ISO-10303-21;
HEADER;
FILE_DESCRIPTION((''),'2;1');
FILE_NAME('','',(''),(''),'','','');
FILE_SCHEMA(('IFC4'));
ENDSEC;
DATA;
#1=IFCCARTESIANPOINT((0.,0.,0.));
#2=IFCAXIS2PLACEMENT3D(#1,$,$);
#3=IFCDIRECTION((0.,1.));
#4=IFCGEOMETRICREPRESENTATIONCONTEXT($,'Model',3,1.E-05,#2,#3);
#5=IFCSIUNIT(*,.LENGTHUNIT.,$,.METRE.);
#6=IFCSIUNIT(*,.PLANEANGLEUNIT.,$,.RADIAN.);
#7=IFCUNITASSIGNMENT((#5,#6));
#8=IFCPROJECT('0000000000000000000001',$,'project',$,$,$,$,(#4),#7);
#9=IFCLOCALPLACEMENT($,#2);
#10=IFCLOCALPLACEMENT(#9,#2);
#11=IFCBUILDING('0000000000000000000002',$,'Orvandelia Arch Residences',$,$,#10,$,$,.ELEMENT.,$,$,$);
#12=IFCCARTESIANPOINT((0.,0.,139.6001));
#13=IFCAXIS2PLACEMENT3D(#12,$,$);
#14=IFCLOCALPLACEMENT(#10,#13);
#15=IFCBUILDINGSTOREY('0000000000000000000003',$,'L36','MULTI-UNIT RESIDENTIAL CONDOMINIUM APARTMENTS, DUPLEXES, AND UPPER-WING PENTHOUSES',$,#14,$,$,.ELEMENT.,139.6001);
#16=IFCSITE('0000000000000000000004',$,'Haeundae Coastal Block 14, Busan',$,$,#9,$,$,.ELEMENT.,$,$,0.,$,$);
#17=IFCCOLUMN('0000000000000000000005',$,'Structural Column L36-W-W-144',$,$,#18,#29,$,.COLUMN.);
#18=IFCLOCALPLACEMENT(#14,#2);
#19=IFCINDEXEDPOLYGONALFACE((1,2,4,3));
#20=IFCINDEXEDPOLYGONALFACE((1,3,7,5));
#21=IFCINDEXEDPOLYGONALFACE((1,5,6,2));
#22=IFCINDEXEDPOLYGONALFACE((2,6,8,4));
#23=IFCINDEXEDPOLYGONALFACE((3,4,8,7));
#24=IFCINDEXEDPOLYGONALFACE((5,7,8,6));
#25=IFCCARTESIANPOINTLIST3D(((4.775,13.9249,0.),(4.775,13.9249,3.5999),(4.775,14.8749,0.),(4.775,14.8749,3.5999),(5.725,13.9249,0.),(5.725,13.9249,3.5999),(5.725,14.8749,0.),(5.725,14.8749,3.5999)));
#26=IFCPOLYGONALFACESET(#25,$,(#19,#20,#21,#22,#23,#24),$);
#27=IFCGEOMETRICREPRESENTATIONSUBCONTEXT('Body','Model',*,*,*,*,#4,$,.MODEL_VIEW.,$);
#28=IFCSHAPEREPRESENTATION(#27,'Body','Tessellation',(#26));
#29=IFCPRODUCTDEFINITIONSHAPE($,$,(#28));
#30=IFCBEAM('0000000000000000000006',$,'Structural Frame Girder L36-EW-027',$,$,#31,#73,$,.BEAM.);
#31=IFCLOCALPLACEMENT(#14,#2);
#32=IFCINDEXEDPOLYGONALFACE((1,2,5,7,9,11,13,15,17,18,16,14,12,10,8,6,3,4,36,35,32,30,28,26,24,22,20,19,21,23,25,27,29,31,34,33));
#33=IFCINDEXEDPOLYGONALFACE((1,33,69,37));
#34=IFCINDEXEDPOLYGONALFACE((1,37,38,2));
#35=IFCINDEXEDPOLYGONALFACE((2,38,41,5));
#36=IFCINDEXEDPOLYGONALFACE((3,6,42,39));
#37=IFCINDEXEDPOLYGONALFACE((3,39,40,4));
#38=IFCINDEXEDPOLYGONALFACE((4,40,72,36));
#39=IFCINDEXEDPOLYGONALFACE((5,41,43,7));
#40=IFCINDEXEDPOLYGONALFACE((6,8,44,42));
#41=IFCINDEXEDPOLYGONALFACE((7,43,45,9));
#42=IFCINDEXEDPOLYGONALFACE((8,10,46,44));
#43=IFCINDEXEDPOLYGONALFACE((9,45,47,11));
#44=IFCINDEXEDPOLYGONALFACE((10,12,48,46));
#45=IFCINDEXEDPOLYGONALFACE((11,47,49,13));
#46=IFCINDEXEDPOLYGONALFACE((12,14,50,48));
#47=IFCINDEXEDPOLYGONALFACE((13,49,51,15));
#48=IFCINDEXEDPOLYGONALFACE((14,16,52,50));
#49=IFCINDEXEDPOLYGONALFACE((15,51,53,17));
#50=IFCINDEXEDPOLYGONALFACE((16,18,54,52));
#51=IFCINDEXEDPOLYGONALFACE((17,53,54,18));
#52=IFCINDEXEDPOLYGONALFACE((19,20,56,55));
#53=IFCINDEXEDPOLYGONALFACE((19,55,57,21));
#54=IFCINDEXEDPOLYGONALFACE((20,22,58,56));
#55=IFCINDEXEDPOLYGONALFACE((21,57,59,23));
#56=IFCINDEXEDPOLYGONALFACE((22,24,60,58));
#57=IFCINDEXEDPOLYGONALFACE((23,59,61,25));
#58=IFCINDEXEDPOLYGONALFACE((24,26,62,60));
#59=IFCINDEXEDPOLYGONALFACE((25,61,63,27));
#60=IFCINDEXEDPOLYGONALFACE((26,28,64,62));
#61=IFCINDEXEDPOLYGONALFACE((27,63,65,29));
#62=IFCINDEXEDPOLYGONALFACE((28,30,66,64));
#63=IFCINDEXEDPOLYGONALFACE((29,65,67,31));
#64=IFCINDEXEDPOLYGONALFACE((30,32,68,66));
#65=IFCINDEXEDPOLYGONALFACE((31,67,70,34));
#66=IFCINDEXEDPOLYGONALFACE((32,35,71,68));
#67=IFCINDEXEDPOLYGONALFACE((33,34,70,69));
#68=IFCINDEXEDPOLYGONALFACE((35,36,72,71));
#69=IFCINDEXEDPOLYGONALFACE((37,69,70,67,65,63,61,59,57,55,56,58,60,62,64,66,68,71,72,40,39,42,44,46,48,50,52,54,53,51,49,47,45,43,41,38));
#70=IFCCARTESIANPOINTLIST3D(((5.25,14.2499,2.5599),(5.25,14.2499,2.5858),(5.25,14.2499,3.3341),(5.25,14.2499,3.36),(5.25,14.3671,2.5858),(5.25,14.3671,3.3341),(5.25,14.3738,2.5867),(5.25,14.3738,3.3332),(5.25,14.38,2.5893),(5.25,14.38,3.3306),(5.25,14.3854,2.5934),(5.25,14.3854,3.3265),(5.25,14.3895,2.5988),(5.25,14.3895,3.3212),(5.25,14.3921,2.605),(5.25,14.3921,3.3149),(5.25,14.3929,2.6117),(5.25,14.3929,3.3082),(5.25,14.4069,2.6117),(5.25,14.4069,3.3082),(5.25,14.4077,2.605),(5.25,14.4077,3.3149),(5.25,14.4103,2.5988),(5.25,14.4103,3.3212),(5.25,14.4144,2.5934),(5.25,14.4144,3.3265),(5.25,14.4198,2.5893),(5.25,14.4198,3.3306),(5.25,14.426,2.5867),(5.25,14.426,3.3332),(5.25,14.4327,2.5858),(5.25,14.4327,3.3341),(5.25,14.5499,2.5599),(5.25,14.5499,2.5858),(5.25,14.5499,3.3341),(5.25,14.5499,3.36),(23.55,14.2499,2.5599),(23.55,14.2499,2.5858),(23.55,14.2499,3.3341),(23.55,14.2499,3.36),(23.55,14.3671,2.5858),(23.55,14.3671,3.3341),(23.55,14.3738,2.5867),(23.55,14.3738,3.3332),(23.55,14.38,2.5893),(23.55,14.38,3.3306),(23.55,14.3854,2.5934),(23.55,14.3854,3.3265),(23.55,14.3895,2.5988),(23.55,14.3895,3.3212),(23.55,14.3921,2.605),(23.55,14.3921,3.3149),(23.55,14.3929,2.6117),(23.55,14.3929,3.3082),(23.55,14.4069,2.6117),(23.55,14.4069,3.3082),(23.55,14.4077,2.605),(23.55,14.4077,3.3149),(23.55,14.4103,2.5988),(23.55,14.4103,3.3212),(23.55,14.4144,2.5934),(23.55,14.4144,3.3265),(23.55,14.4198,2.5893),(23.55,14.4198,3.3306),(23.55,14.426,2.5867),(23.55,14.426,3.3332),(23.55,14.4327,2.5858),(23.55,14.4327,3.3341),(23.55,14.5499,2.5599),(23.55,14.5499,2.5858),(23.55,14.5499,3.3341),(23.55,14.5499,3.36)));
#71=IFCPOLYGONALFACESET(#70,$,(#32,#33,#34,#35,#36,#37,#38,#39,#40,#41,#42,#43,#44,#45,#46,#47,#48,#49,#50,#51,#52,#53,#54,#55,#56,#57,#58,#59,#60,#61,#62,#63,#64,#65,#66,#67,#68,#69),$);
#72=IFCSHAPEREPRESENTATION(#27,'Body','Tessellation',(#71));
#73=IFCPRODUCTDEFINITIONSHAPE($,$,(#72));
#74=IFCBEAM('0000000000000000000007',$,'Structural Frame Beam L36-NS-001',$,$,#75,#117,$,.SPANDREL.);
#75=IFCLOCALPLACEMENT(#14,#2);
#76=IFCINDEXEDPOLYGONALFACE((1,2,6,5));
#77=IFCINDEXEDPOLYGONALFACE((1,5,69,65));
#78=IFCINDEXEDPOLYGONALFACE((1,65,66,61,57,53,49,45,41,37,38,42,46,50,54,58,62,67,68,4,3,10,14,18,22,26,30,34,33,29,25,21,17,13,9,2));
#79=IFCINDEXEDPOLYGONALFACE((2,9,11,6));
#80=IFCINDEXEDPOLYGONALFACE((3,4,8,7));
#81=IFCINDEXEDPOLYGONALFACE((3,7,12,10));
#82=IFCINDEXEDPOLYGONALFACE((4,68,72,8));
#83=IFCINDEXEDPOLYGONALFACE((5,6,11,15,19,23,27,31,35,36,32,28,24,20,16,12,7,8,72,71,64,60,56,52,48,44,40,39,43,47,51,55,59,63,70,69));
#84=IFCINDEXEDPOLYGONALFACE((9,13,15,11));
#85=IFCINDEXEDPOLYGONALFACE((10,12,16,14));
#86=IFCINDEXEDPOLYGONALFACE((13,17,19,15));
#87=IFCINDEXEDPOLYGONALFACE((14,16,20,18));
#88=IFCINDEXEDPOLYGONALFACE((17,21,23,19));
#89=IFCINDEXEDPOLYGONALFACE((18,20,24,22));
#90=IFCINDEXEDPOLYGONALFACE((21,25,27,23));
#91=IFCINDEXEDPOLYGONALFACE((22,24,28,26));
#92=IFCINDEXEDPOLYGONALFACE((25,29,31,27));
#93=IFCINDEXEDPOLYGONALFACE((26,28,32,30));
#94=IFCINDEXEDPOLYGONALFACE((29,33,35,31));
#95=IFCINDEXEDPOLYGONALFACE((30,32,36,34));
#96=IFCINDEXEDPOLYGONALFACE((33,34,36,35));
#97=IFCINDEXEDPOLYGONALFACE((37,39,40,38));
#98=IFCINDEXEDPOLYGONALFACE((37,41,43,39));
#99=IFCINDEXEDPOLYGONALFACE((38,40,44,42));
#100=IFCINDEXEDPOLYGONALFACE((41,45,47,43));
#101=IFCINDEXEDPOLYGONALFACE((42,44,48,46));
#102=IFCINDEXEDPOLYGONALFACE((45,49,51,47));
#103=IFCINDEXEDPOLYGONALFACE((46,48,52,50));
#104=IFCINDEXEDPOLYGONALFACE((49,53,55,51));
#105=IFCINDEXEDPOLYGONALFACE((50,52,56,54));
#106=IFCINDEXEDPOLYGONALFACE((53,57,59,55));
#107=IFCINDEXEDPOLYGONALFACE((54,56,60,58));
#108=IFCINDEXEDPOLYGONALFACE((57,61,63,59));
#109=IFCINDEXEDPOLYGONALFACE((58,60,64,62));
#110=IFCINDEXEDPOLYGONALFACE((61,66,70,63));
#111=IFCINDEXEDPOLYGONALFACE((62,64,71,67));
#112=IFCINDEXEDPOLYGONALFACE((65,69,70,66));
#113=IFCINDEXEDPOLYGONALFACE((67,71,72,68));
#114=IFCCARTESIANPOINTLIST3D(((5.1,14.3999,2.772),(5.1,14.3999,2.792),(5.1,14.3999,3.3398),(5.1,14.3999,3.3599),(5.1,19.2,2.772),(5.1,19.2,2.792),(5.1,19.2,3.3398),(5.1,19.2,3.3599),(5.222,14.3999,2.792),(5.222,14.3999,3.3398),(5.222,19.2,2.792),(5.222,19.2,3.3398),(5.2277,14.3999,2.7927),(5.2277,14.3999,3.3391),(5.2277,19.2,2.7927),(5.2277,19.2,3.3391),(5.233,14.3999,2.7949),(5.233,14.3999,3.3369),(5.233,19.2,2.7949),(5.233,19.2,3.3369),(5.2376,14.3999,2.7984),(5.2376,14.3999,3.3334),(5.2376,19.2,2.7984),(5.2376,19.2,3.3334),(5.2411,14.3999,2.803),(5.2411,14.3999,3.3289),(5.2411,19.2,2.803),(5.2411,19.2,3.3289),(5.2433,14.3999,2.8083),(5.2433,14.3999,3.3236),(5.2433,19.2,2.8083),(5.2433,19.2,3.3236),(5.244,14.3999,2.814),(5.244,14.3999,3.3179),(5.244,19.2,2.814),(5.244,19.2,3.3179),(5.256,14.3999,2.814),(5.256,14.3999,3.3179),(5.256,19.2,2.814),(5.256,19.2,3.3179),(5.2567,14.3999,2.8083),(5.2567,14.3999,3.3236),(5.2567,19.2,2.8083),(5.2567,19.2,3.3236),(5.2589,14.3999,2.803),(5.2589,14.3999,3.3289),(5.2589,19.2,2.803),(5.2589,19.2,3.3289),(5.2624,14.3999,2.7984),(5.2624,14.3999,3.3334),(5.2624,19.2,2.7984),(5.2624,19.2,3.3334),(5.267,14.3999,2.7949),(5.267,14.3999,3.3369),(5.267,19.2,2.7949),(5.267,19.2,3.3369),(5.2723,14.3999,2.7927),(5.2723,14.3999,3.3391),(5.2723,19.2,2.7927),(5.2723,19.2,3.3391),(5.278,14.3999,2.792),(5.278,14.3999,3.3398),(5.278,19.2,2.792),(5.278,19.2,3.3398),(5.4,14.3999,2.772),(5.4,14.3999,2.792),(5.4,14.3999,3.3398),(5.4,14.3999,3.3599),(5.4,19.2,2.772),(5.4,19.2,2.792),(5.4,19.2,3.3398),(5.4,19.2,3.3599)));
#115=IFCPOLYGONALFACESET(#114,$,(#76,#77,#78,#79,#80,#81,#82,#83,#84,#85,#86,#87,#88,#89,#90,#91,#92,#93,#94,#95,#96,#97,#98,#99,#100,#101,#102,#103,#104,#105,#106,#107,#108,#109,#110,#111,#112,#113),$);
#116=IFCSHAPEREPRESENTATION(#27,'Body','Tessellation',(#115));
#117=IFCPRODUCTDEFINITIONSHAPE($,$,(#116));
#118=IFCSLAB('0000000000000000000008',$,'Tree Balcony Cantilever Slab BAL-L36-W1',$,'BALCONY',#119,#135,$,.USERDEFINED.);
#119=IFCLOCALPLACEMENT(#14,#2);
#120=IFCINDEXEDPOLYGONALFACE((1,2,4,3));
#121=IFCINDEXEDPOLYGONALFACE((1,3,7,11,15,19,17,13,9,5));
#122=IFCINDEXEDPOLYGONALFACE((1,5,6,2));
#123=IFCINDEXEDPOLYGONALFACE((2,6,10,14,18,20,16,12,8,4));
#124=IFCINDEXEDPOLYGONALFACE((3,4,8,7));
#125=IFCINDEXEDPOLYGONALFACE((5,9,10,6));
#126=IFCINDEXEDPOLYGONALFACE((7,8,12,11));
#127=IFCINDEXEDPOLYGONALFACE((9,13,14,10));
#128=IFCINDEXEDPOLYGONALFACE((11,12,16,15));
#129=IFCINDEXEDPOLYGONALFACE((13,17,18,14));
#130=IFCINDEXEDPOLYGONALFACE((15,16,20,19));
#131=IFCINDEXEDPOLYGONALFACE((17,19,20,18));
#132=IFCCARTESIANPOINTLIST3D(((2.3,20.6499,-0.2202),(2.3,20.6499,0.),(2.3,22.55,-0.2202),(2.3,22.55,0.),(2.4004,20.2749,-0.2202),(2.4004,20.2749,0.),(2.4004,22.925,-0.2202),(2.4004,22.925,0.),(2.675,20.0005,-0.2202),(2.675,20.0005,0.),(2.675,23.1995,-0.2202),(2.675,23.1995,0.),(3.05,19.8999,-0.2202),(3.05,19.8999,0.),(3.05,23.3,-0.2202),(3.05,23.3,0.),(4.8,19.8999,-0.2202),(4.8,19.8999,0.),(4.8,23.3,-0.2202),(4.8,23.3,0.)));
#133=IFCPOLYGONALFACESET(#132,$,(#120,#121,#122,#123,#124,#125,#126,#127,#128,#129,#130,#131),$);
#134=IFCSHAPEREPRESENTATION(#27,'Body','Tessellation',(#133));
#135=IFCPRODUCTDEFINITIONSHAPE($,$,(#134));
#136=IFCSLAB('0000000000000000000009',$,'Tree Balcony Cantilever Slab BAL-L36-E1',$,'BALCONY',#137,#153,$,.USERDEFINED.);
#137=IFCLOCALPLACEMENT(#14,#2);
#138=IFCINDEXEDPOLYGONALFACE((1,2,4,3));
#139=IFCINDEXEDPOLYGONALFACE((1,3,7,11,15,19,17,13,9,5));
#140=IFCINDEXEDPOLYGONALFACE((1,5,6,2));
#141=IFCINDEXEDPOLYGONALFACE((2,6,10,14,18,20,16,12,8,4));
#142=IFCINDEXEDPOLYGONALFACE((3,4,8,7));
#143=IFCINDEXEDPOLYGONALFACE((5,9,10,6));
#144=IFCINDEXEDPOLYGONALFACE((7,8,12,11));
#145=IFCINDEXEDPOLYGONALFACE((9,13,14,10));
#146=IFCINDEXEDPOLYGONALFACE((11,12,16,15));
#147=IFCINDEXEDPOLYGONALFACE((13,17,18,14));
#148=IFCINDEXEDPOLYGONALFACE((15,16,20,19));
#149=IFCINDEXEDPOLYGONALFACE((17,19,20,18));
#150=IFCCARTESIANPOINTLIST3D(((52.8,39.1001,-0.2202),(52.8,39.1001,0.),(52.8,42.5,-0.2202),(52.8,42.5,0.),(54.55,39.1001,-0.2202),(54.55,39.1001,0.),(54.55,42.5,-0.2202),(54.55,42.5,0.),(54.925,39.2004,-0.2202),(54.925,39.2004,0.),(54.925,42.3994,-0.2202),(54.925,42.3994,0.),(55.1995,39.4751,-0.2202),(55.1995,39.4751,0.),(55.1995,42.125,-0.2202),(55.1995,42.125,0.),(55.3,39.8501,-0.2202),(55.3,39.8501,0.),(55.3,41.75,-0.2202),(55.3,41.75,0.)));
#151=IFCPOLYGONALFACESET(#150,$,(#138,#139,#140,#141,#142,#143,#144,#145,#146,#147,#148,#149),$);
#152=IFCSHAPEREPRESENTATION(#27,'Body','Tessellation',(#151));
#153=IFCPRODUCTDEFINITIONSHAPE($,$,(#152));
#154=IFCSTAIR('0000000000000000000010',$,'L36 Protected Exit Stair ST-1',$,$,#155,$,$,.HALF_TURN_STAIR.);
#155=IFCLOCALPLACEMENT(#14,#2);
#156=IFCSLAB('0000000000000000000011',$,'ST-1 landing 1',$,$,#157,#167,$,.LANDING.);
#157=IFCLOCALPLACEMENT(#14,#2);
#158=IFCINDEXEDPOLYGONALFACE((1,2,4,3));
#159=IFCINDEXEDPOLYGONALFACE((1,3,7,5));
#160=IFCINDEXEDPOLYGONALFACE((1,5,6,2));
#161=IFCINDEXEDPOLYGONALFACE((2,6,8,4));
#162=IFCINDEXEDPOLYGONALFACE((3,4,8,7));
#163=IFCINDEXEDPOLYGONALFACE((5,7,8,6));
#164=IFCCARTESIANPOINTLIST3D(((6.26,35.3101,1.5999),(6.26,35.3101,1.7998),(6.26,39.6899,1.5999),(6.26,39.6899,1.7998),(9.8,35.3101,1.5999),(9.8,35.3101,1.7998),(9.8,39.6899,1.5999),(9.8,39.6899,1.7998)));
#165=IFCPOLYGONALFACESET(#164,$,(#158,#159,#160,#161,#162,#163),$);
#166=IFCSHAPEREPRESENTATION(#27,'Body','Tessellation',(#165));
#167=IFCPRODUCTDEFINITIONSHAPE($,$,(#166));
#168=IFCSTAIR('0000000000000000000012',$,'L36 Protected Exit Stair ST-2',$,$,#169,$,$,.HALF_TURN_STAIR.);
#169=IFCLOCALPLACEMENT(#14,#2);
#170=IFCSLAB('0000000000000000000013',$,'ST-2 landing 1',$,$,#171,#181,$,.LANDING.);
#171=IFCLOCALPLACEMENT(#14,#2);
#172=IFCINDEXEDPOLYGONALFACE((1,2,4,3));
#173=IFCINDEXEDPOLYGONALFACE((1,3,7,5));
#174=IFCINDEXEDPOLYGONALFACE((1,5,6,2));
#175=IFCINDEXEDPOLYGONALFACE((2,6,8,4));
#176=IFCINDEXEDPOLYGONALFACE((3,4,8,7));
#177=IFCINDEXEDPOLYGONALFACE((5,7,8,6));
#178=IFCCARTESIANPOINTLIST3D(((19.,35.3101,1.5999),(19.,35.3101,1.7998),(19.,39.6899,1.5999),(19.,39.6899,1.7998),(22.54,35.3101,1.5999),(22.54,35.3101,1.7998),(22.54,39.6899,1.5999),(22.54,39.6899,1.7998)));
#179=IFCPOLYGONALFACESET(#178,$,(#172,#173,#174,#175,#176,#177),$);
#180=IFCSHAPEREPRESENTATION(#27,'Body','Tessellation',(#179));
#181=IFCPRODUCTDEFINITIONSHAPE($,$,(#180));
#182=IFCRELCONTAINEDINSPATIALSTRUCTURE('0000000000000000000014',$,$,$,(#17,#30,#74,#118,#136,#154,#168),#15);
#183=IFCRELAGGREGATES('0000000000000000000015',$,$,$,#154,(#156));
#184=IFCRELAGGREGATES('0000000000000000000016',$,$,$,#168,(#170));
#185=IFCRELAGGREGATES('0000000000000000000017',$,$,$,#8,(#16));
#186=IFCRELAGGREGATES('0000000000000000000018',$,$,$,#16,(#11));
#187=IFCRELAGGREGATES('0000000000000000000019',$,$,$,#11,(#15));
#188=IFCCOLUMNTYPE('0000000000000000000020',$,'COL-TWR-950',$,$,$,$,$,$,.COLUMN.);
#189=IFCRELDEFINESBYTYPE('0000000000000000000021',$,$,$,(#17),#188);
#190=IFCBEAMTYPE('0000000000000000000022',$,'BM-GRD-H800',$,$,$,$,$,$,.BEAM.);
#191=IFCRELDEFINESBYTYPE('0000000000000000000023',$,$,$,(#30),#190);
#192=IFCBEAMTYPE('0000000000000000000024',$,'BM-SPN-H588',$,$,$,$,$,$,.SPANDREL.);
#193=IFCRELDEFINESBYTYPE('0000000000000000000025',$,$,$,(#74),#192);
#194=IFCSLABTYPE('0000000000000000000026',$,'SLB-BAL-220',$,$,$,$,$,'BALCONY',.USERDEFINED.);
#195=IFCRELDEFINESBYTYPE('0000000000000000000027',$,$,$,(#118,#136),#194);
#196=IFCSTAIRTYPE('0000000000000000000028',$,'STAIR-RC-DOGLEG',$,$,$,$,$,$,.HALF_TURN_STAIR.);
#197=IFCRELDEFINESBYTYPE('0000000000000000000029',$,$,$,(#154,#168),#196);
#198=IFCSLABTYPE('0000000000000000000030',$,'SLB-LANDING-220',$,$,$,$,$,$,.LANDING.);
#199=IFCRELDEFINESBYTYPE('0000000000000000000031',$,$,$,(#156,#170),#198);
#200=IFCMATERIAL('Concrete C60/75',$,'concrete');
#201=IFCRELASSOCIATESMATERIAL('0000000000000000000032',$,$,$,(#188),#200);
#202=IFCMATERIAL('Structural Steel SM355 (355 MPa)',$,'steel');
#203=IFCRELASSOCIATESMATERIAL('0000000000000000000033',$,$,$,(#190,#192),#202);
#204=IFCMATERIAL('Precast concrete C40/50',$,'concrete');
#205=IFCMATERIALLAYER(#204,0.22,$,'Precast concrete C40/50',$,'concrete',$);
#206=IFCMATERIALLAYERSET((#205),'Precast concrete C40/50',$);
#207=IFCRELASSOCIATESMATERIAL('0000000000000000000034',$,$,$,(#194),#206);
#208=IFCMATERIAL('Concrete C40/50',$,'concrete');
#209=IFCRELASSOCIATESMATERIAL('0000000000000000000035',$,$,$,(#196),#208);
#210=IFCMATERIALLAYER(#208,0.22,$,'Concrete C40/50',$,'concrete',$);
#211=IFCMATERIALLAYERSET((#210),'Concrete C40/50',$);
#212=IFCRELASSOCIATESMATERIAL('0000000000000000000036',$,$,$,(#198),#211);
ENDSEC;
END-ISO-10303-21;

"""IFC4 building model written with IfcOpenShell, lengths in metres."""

from ifc_helpers import new_model, si_unit, direction, frame, origin, origin_2d, place, context, subcontext, project, spatial, polyline, rectangle, i_section, outline, extrude, material, layer, layer_set, material_profile, profile_set, type_object, element, aggregate, save


model = new_model("IFC4")

# Units and contexts
model_context = context("Model", 3, precision=1e-05, world=origin(), true_north=direction((0.0, 1.0)))
body_context = subcontext(model_context, "Body", "Model", "MODEL_VIEW")
ifc_project = project(units=[si_unit("LENGTHUNIT", "METRE"), si_unit("PLANEANGLEUNIT", "RADIAN")], contexts=[model_context])

# Site, building, storey
site_placement = place(None, origin())
site = spatial("IfcSite", under=ifc_project, at=site_placement, Name="Haeundae Coastal Block 14, Busan", CompositionType="ELEMENT", RefElevation=0.0)
building_placement = place(site_placement, origin())
building = spatial("IfcBuilding", under=site, at=building_placement, Name="Orvandelia Arch Residences", CompositionType="ELEMENT")
storey_placement = place(building_placement, frame((0.0, 0.0, 139.6001)))
storey = spatial("IfcBuildingStorey", under=building, at=storey_placement, Name="L36", Description="MULTI-UNIT RESIDENTIAL CONDOMINIUM APARTMENTS, DUPLEXES, AND UPPER-WING PENTHOUSES", CompositionType="ELEMENT", Elevation=139.6001)

# Column
ifc_material_1 = material(Name="Concrete C60/75", Category="concrete")
ifc_material_profile_1 = material_profile(ifc_material_1, rectangle(XDim=0.95, YDim=0.95, at=origin_2d()), Name="Concrete C60/75", Category="concrete")
ifc_profile_set_1 = profile_set([ifc_material_profile_1], Name="Concrete C60/75")
column_type = type_object("IfcColumnType", Name="COL-TWR-950", PredefinedType="COLUMN", material=ifc_profile_set_1)
column_placement = place(storey_placement, frame((5.25, 14.3999, 0.0), z_axis=(0.0, 0.0, 1.0), x_axis=(1.0, 0.0, 0.0)))
element("IfcColumn", 1, at=column_placement, inside=storey, type_object=column_type, Name="Structural Column L36-W-W-144", PredefinedType="COLUMN", context=body_context, shape_type="SweptSolid", body=[
    extrude(rectangle(XDim=0.95, YDim=0.95, at=origin_2d()), origin(), (0.0, 0.0, 1.0), 3.5999),
])

# Beams
ifc_material_2 = material(Name="Structural Steel SM355 (355 MPa)", Category="steel")
ifc_material_profile_2 = material_profile(ifc_material_2, i_section(OverallWidth=0.3, OverallDepth=0.8, WebThickness=0.0139, FlangeThickness=0.0259, FilletRadius=0.0259, at=origin_2d()), Name="Structural Steel SM355 (355 MPa)", Category="steel")
ifc_profile_set_2 = profile_set([ifc_material_profile_2], Name="Structural Steel SM355 (355 MPa)")
beam_type_1 = type_object("IfcBeamType", Name="BM-GRD-H800", PredefinedType="BEAM", material=ifc_profile_set_2)
beam_1_placement = place(storey_placement, frame((5.25, 14.3999, 2.96), z_axis=(1.0, 0.0, 0.0), x_axis=(0.0, 1.0, 0.0)))
element("IfcBeam", 2, at=beam_1_placement, inside=storey, type_object=beam_type_1, Name="Structural Frame Girder L36-EW-027", PredefinedType="BEAM", context=body_context, shape_type="SweptSolid", body=[
    extrude(i_section(OverallWidth=0.3, OverallDepth=0.8, WebThickness=0.0139, FlangeThickness=0.0259, FilletRadius=0.0259, at=origin_2d()), origin(), (0.0, 0.0, 1.0), 18.3),
])
ifc_material_profile_3 = material_profile(ifc_material_2, i_section(OverallWidth=0.3, OverallDepth=0.5879, WebThickness=0.012, FlangeThickness=0.02, FilletRadius=0.022, at=origin_2d()), Name="Structural Steel SM355 (355 MPa)", Category="steel")
ifc_profile_set_3 = profile_set([ifc_material_profile_3], Name="Structural Steel SM355 (355 MPa)")
beam_type_2 = type_object("IfcBeamType", Name="BM-SPN-H588", PredefinedType="SPANDREL", material=ifc_profile_set_3)
beam_2_placement = place(storey_placement, frame((5.25, 14.3999, 3.0659), z_axis=(0.0, 1.0, 0.0), x_axis=(-1.0, 0.0, 0.0)))
element("IfcBeam", 3, at=beam_2_placement, inside=storey, type_object=beam_type_2, Name="Structural Frame Beam L36-NS-001", PredefinedType="SPANDREL", context=body_context, shape_type="SweptSolid", body=[
    extrude(i_section(OverallWidth=0.3, OverallDepth=0.5879, WebThickness=0.012, FlangeThickness=0.02, FilletRadius=0.022, at=origin_2d()), origin(), (0.0, 0.0, 1.0), 4.8),
])

# Slabs
ifc_material_3 = material(Name="Precast concrete C40/50", Category="concrete")
ifc_layer_1 = layer(ifc_material_3, 0.22, Name="Precast concrete C40/50", Category="concrete")
ifc_layer_set_1 = layer_set([ifc_layer_1], Name="Precast concrete C40/50")
slab_type_1 = type_object("IfcSlabType", Name="SLB-BAL-220", ElementType="BALCONY", PredefinedType="USERDEFINED", material=ifc_layer_set_1)
slab_1_placement = place(storey_placement, frame((0.0, 0.0, -0.2202)))
element("IfcSlab", 4, at=slab_1_placement, inside=storey, type_object=slab_type_1, Name="Tree Balcony Cantilever Slab BAL-L36-W1", ObjectType="BALCONY", PredefinedType="USERDEFINED", context=body_context, shape_type="SweptSolid", body=[
    extrude(outline(polyline([(4.8, 19.8999), (4.8, 23.3), (3.05, 23.3), (2.675, 23.1995), (2.4004, 22.925), (2.3, 22.55), (2.3, 20.6499), (2.4004, 20.2749), (2.675, 20.0005), (3.05, 19.8999), (4.8, 19.8999)])), origin(), (0.0, 0.0, 1.0), 0.2202),
])
slab_2_placement = place(storey_placement, frame((0.0, 0.0, -0.2202)))
element("IfcSlab", 5, at=slab_2_placement, inside=storey, type_object=slab_type_1, Name="Tree Balcony Cantilever Slab BAL-L36-E1", ObjectType="BALCONY", PredefinedType="USERDEFINED", context=body_context, shape_type="SweptSolid", body=[
    extrude(outline(polyline([(52.8, 42.5), (52.8, 39.1001), (54.55, 39.1001), (54.925, 39.2004), (55.1995, 39.4751), (55.3, 39.8501), (55.3, 41.75), (55.1995, 42.125), (54.925, 42.3994), (54.55, 42.5), (52.8, 42.5)])), origin(), (0.0, 0.0, 1.0), 0.2202),
])

# Stairs, slabs
ifc_material_4 = material(Name="Concrete C40/50", Category="concrete")
stair_type = type_object("IfcStairType", Name="STAIR-RC-DOGLEG", PredefinedType="HALF_TURN_STAIR", material=ifc_material_4)
stair_1_placement = place(storey_placement, origin())
stair_1 = element("IfcStair", 6, at=stair_1_placement, inside=storey, type_object=stair_type, Name="L36 Protected Exit Stair ST-1", PredefinedType="HALF_TURN_STAIR")
ifc_layer_2 = layer(ifc_material_4, 0.22, Name="Concrete C40/50", Category="concrete")
ifc_layer_set_2 = layer_set([ifc_layer_2], Name="Concrete C40/50")
slab_type_2 = type_object("IfcSlabType", Name="SLB-LANDING-220", PredefinedType="LANDING", material=ifc_layer_set_2)
slab_3_placement = place(storey_placement, frame((0.0, 0.0, 1.5999)))
slab_3 = element("IfcSlab", 7, at=slab_3_placement, type_object=slab_type_2, Name="ST-1 landing 1", PredefinedType="LANDING", context=body_context, shape_type="SweptSolid", body=[
    extrude(outline(polyline([(9.8, 35.3101), (9.8, 39.6899), (6.26, 39.6899), (6.26, 35.3101), (9.8, 35.3101)])), origin(), (0.0, 0.0, 1.0), 0.2),
])
aggregate(stair_1, [slab_3])
stair_2_placement = place(storey_placement, origin())
stair_2 = element("IfcStair", 8, at=stair_2_placement, inside=storey, type_object=stair_type, Name="L36 Protected Exit Stair ST-2", PredefinedType="HALF_TURN_STAIR")
slab_4_placement = place(storey_placement, frame((0.0, 0.0, 1.5999)))
slab_4 = element("IfcSlab", 9, at=slab_4_placement, type_object=slab_type_2, Name="ST-2 landing 1", PredefinedType="LANDING", context=body_context, shape_type="SweptSolid", body=[
    extrude(outline(polyline([(22.54, 35.3101), (22.54, 39.6899), (19.0, 39.6899), (19.0, 35.3101), (22.54, 35.3101)])), origin(), (0.0, 0.0, 1.0), 0.2),
])
aggregate(stair_2, [slab_4])

save(model, "model.ifc")
